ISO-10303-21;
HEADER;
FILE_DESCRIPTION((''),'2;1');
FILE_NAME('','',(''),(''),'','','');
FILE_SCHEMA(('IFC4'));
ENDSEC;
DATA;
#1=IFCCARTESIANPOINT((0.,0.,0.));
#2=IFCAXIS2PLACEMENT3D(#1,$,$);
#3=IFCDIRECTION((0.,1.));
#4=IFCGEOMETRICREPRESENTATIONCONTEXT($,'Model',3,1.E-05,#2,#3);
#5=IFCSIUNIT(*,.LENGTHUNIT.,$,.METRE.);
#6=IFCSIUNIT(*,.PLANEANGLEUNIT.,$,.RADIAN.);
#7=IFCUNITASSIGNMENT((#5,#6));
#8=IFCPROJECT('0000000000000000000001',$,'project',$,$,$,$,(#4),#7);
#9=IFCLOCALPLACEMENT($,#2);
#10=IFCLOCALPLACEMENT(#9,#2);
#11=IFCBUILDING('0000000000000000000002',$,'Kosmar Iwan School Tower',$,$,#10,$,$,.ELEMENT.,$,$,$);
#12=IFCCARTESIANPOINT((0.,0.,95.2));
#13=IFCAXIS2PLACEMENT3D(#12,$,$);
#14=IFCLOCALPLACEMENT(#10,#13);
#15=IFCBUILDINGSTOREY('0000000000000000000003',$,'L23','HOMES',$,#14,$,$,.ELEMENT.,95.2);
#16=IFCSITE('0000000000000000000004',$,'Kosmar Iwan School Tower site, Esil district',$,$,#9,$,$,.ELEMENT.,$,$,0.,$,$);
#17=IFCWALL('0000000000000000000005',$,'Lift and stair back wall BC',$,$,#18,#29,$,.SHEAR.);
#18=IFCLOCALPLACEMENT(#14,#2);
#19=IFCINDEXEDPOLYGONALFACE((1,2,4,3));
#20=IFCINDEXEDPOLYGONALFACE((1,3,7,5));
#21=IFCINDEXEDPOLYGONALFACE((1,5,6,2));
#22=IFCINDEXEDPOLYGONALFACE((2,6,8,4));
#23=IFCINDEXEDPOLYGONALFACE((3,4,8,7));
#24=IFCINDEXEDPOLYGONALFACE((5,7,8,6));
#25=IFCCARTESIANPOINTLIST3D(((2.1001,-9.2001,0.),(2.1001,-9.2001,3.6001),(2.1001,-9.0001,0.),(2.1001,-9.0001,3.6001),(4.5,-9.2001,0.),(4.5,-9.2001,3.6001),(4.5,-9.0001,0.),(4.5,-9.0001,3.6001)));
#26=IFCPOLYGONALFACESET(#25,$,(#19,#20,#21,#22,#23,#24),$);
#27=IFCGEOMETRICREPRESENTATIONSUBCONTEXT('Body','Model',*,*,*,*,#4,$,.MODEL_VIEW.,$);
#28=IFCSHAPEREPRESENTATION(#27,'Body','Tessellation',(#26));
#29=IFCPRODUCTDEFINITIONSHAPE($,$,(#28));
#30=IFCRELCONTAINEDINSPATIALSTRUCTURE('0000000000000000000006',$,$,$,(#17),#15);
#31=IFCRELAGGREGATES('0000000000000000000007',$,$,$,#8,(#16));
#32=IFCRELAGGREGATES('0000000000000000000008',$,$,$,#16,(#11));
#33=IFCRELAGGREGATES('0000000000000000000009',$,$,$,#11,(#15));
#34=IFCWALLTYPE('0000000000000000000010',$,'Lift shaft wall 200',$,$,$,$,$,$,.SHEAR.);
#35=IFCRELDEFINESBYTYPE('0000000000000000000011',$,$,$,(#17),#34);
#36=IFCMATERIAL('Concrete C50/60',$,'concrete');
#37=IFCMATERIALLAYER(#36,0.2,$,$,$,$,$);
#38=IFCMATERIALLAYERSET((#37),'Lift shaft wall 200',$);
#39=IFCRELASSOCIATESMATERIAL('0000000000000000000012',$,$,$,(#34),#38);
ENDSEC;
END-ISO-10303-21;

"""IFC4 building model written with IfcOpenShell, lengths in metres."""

from ifc_helpers import new_model, si_unit, direction, frame, frame_2d, origin, place, context, subcontext, project, spatial, rectangle, extrude, material, layer, layer_set, type_object, element, save


model = new_model("IFC4")

# Units and contexts
model_context = context("Model", 3, precision=1e-05, world=origin(), true_north=direction((0.0, 1.0)))
body_context = subcontext(model_context, "Body", "Model", "MODEL_VIEW")
ifc_project = project(units=[si_unit("LENGTHUNIT", "METRE"), si_unit("PLANEANGLEUNIT", "RADIAN")], contexts=[model_context])

# Site, building, storey
site_placement = place(None, origin())
site = spatial("IfcSite", under=ifc_project, at=site_placement, Name="Kosmar Iwan School Tower site, Esil district", CompositionType="ELEMENT", RefElevation=0.0)
building_placement = place(site_placement, origin())
building = spatial("IfcBuilding", under=site, at=building_placement, Name="Kosmar Iwan School Tower", CompositionType="ELEMENT")
storey_placement = place(building_placement, frame((0.0, 0.0, 95.2)))
storey = spatial("IfcBuildingStorey", under=building, at=storey_placement, Name="L23", Description="HOMES", CompositionType="ELEMENT", Elevation=95.2)

# Wall
ifc_material_1 = material(Name="Concrete C50/60", Category="concrete")
ifc_layer_1 = layer(ifc_material_1, 0.2)
ifc_layer_set_1 = layer_set([ifc_layer_1], Name="Lift shaft wall 200")
wall_type_1 = type_object("IfcWallType", Name="Lift shaft wall 200", PredefinedType="SHEAR", material=ifc_layer_set_1)
wall_1_placement = place(storey_placement, frame((2.1001, -9.1001, 0.0), z_axis=(0.0, 0.0, 1.0), x_axis=(1.0, 0.0, 0.0)))
element("IfcWall", 1, at=wall_1_placement, inside=storey, type_object=wall_type_1, Name="Lift and stair back wall BC", PredefinedType="SHEAR", context=body_context, shape_type="SweptSolid", body=[
    extrude(rectangle(XDim=2.3999, YDim=0.2, at=frame_2d((1.2, 0.0))), origin(), (0.0, 0.0, 1.0), 3.6001),
])

save(model, "model.ifc")
